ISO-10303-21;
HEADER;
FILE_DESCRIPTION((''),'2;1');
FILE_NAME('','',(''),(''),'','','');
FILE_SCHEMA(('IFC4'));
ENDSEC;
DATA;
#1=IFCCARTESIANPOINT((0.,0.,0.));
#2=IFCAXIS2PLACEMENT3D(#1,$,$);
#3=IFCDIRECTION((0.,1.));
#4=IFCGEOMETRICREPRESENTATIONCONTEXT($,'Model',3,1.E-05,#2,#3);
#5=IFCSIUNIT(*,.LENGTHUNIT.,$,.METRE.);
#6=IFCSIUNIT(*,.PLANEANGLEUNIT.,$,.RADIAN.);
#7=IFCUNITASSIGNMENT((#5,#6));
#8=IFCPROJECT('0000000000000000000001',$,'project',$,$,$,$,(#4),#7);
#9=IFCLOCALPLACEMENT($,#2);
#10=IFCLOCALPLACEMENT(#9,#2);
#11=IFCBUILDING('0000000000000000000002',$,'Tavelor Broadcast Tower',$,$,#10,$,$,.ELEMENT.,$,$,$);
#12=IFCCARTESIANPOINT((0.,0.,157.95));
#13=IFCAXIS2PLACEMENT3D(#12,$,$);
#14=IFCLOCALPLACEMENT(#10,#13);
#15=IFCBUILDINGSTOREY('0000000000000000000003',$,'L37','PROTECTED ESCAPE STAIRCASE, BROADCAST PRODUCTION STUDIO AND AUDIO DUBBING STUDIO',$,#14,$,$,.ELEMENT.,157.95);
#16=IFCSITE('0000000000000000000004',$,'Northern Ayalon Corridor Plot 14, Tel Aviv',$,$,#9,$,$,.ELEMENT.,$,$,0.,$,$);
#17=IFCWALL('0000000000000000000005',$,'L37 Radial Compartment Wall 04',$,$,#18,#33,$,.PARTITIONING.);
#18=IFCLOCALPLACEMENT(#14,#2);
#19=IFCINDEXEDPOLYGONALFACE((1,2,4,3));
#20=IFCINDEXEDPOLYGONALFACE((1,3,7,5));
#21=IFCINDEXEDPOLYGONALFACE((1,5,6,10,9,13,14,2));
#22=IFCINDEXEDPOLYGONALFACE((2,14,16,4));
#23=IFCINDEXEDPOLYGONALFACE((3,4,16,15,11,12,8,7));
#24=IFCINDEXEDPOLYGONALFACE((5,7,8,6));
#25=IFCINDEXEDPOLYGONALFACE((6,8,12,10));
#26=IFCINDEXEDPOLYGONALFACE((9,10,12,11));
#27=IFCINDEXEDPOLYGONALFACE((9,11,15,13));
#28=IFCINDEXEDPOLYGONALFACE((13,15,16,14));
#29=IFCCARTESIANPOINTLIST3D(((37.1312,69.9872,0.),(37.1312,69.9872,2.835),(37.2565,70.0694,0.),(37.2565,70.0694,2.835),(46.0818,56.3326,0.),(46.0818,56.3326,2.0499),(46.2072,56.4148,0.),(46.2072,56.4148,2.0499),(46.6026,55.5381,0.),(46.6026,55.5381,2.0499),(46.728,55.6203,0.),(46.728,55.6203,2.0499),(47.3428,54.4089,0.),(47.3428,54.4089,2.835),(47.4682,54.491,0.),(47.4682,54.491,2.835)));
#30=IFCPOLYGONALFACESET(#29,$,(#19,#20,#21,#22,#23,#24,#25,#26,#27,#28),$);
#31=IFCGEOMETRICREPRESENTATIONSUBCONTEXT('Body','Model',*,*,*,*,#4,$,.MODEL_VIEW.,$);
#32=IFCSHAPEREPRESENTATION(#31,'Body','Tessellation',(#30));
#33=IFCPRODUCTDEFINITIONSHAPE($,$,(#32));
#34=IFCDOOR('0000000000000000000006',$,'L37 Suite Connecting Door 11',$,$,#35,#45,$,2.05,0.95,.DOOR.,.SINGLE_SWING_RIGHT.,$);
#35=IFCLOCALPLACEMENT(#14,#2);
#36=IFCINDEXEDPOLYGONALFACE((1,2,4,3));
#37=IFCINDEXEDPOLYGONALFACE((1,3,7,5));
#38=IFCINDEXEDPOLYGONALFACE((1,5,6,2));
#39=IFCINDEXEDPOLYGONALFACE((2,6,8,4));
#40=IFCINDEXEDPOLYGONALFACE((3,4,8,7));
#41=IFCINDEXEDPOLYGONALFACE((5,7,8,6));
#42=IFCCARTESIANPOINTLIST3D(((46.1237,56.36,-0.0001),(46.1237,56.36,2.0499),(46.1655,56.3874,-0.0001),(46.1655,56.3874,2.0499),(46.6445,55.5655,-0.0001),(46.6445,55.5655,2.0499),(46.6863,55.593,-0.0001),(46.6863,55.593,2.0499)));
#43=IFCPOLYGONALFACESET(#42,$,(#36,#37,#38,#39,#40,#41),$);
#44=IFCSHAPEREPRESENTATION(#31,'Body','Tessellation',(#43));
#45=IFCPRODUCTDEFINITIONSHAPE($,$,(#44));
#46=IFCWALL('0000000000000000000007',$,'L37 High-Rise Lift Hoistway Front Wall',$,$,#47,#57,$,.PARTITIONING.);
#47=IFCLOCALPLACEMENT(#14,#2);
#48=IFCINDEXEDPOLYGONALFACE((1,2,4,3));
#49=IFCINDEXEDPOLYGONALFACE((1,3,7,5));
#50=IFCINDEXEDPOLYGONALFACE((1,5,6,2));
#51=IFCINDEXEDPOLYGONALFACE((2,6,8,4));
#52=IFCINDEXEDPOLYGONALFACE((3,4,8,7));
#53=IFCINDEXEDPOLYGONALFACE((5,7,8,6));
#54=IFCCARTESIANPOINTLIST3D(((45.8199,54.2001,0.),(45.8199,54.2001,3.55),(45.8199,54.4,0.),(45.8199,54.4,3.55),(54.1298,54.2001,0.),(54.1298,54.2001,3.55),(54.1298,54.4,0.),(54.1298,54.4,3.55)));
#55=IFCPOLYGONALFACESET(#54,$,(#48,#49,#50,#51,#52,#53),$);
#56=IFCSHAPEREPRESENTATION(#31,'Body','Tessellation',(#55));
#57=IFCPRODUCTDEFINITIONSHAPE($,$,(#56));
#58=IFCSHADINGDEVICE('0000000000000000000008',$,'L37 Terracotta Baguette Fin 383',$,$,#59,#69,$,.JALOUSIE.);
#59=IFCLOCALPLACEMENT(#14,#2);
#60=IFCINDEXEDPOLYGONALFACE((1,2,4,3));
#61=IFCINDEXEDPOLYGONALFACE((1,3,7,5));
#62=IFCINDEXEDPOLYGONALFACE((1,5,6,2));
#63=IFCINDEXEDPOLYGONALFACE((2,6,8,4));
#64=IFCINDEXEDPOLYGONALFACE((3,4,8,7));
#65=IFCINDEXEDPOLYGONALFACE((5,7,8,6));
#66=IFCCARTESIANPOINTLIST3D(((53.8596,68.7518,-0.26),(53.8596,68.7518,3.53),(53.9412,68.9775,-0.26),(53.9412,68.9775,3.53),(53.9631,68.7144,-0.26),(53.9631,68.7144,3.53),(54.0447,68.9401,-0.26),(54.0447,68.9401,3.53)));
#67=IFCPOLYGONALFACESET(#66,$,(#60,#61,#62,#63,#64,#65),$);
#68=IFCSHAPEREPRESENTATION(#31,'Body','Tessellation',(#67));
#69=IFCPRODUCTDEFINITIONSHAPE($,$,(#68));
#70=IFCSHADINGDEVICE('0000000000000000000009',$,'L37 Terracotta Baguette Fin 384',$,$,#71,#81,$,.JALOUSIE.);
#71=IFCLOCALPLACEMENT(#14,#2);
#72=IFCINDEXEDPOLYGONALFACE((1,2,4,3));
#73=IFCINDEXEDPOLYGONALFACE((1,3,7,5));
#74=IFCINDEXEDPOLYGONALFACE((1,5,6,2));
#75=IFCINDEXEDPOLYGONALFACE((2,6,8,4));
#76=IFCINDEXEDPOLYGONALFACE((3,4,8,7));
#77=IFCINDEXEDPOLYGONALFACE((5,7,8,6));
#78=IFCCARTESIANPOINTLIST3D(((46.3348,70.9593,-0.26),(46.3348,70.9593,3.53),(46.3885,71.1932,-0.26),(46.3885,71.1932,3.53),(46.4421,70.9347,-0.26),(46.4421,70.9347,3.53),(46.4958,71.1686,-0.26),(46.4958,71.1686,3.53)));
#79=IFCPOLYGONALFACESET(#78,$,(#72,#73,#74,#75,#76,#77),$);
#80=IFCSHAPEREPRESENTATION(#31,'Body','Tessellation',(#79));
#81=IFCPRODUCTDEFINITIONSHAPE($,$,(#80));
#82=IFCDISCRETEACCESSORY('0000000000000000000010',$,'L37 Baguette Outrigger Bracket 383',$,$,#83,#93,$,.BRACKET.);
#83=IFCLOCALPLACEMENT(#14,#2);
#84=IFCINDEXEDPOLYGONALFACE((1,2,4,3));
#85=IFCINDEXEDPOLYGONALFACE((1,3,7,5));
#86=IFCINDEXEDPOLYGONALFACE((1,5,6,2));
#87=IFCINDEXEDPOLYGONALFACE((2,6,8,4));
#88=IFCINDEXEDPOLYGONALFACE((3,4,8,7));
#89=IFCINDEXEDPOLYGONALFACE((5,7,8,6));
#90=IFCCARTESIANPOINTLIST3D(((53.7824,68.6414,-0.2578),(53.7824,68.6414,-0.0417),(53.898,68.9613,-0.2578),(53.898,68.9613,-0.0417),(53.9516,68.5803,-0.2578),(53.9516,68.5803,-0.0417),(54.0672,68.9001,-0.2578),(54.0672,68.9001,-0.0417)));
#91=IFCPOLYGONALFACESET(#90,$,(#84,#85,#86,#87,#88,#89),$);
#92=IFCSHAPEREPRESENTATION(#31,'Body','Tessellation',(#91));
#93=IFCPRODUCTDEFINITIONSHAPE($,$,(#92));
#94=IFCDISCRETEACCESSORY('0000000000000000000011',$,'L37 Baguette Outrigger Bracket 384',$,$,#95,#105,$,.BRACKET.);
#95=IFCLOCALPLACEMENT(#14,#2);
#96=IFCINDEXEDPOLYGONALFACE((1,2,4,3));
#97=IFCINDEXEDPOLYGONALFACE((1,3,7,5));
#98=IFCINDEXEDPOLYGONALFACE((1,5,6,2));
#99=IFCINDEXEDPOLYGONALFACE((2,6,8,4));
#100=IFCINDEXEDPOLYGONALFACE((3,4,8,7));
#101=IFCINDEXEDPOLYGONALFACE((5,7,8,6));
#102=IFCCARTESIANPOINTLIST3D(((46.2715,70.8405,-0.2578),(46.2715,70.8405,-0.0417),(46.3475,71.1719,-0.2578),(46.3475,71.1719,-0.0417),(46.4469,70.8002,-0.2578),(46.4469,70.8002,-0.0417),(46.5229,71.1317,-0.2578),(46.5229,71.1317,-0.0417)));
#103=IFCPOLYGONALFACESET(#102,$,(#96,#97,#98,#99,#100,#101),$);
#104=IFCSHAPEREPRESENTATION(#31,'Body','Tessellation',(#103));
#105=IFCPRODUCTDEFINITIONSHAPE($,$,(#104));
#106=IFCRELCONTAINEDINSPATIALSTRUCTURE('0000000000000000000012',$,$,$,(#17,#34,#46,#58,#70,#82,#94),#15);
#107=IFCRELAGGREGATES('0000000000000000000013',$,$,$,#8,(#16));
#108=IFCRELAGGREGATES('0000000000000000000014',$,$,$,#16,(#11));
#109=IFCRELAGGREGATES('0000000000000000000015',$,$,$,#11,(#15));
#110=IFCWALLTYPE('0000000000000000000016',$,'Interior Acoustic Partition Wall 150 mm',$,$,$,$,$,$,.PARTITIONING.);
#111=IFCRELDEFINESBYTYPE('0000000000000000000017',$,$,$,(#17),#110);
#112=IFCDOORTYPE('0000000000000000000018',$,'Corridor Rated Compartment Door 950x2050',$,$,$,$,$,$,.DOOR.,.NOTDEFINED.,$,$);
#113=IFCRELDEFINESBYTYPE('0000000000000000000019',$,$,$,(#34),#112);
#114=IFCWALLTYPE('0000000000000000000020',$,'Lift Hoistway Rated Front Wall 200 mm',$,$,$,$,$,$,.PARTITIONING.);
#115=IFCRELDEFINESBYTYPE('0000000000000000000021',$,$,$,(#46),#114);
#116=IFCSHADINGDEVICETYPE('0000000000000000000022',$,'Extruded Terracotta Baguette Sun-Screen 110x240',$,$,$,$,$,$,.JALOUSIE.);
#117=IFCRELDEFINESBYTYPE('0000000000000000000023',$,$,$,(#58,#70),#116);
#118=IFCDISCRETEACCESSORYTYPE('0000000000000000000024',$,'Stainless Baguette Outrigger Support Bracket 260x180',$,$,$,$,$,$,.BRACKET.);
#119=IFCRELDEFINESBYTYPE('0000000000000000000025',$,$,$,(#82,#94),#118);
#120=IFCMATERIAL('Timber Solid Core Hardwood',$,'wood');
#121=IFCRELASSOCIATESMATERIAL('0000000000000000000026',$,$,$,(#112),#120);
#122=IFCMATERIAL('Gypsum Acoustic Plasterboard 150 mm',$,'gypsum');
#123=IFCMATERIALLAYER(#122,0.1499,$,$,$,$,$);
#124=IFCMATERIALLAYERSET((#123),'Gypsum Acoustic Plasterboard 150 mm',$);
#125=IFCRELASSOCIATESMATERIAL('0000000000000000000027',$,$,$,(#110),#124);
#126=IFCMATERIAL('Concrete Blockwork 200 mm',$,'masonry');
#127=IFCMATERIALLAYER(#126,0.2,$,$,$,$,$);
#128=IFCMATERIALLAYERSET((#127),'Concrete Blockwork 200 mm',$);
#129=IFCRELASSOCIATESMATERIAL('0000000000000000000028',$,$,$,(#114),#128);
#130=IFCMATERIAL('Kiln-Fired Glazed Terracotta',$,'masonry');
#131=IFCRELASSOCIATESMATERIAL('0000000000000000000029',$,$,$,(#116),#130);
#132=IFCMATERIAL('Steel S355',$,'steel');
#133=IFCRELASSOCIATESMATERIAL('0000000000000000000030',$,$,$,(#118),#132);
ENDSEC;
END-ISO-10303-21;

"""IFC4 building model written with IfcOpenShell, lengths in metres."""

from ifc_helpers import new_model, si_unit, direction, frame, frame_2d, origin, origin_2d, place, context, subcontext, project, spatial, rectangle, extrude, source, transform, mapped, material, layer, layer_set, type_object, type_shapes, element, fill, save


model = new_model("IFC4")

# Units and contexts
model_context = context("Model", 3, precision=1e-05, world=origin(), true_north=direction((0.0, 1.0)))
body_context = subcontext(model_context, "Body", "Model", "MODEL_VIEW")
ifc_project = project(units=[si_unit("LENGTHUNIT", "METRE"), si_unit("PLANEANGLEUNIT", "RADIAN")], contexts=[model_context])

# Site, building, storey
site_placement = place(None, origin())
site = spatial("IfcSite", under=ifc_project, at=site_placement, Name="Northern Ayalon Corridor Plot 14, Tel Aviv", CompositionType="ELEMENT", RefElevation=0.0)
building_placement = place(site_placement, origin())
building = spatial("IfcBuilding", under=site, at=building_placement, Name="Tavelor Broadcast Tower", CompositionType="ELEMENT")
storey_placement = place(building_placement, frame((0.0, 0.0, 157.95)))
storey = spatial("IfcBuildingStorey", under=building, at=storey_placement, Name="L37", Description="PROTECTED ESCAPE STAIRCASE, BROADCAST PRODUCTION STUDIO AND AUDIO DUBBING STUDIO", CompositionType="ELEMENT", Elevation=157.95)

# Shared definitions
ifc_material_1 = material(Name="Steel S355", Category="steel")

# Shared definitions
ifc_material_2 = material(Name="Timber Solid Core Hardwood", Category="wood")
door_type = type_object("IfcDoorType", Name="Corridor Rated Compartment Door 950x2050", OperationType="NOTDEFINED", PredefinedType="DOOR", material=ifc_material_2)
ifc_material_3 = material(Name="Gypsum Acoustic Plasterboard 150 mm", Category="gypsum")
ifc_layer_1 = layer(ifc_material_3, 0.1499)
ifc_layer_set_1 = layer_set([ifc_layer_1], Name="Gypsum Acoustic Plasterboard 150 mm")
wall_type_1 = type_object("IfcWallType", Name="Interior Acoustic Partition Wall 150 mm", PredefinedType="PARTITIONING", material=ifc_layer_set_1)

# Wall, opening, door
wall_1_placement = place(storey_placement, frame((47.4055, 54.45, 0.0), z_axis=(0.0, 0.0, 1.0), x_axis=(-0.54822, 0.836334, 0.0)))
wall_1 = element("IfcWall", 1, at=wall_1_placement, inside=storey, type_object=wall_type_1, Name="L37 Radial Compartment Wall 04", PredefinedType="PARTITIONING", context=body_context, shape_type="SweptSolid", body=[
    extrude(rectangle(XDim=18.627, YDim=0.1499, at=frame_2d((9.3135, 0.0))), origin(), (0.0, 0.0, 1.0), 2.835),
])
opening_1_placement = place(wall_1_placement, frame((1.3501, 0.0, 0.0)))
opening_1 = element("IfcOpeningElement", 2, at=opening_1_placement, cuts=wall_1, PredefinedType="OPENING", context=body_context, shape_type="SweptSolid", body=[
    extrude(rectangle(XDim=0.95, YDim=2.05, at=frame_2d((0.4751, 1.0249))), frame((0.0, 0.085, 0.0), z_axis=(0.0, -1.0, 0.0), x_axis=(1.0, 0.0, 0.0)), (0.0, 0.0, 1.0), 0.1699),
])
door_1_placement = place(opening_1_placement, origin())
door_1 = element("IfcDoor", 3, at=door_1_placement, inside=storey, type_object=door_type, Name="L37 Suite Connecting Door 11", OperationType="SINGLE_SWING_RIGHT", OverallHeight=2.05, OverallWidth=0.95, PredefinedType="DOOR", context=body_context, shape_type="SweptSolid", body=[
    extrude(rectangle(XDim=0.95, YDim=2.05, at=frame_2d((0.4751, 1.0249))), frame((0.0, 0.0249, 0.0), z_axis=(0.0, -1.0, 0.0), x_axis=(1.0, 0.0, 0.0)), (0.0, 0.0, 1.0), 0.05),
])
fill(opening_1, door_1)

# Wall
ifc_material_4 = material(Name="Concrete Blockwork 200 mm", Category="masonry")
ifc_layer_2 = layer(ifc_material_4, 0.2)
ifc_layer_set_2 = layer_set([ifc_layer_2], Name="Concrete Blockwork 200 mm")
wall_type_2 = type_object("IfcWallType", Name="Lift Hoistway Rated Front Wall 200 mm", PredefinedType="PARTITIONING", material=ifc_layer_set_2)
wall_2_placement = place(storey_placement, frame((45.8201, 54.3, 0.0), z_axis=(0.0, 0.0, 1.0), x_axis=(1.0, 0.0, 0.0)))
element("IfcWall", 4, at=wall_2_placement, inside=storey, type_object=wall_type_2, Name="L37 High-Rise Lift Hoistway Front Wall", PredefinedType="PARTITIONING", context=body_context, shape_type="SweptSolid", body=[
    extrude(rectangle(XDim=8.3098, YDim=0.2, at=frame_2d((4.1548, 0.0))), origin(), (0.0, 0.0, 1.0), 3.55),
])

# Shading devices
ifc_material_5 = material(Name="Kiln-Fired Glazed Terracotta", Category="masonry")
shading_device_type = type_object("IfcShadingDeviceType", Name="Extruded Terracotta Baguette Sun-Screen 110x240", PredefinedType="JALOUSIE", material=ifc_material_5)
shared_shape_1 = source(origin(), body_context, "Body", "SweptSolid", [
    extrude(rectangle(XDim=0.1101, YDim=0.24, at=origin_2d()), origin(), (0.0, 0.0, 1.0), 3.79),
])
type_shapes(shading_device_type, [shared_shape_1])
for number, where, z_axis, x_axis, name in (
    (5, (53.9521, 68.8459, -0.26), (0.0, 0.0, 1.0), (-0.940466, 0.339887, 0.0), "L37 Terracotta Baguette Fin 383"),
    (6, (46.4153, 71.064, -0.26), (0.0, 0.0, 1.0), (-0.974683, 0.22359, 0.0), "L37 Terracotta Baguette Fin 384"),
):
    element("IfcShadingDevice", number, at=place(storey_placement, frame(where, z_axis=z_axis, x_axis=x_axis)), inside=storey, type_object=shading_device_type, Name=name, PredefinedType="JALOUSIE", context=body_context, shape_type="MappedRepresentation", body=[
        mapped(shared_shape_1, transform((0.0, 0.0, 0.0), scale=1.0)),
    ])

# Discrete accessories
discrete_accessory_type = type_object("IfcDiscreteAccessoryType", Name="Stainless Baguette Outrigger Support Bracket 260x180", PredefinedType="BRACKET", material=ifc_material_1)
shared_shape_2 = source(origin(), body_context, "Body", "SweptSolid", [
    extrude(rectangle(XDim=0.1799, YDim=0.3401, at=origin_2d()), origin(), (0.0, 0.0, 1.0), 0.2161),
])
type_shapes(discrete_accessory_type, [shared_shape_2])
for number, where, z_axis, x_axis, name in (
    (7, (53.9248, 68.7708, -0.2578), (0.0, 0.0, 1.0), (-0.940466, 0.339887, 0.0), "L37 Baguette Outrigger Bracket 383"),
    (8, (46.3972, 70.9861, -0.2578), (0.0, 0.0, 1.0), (-0.974683, 0.22359, 0.0), "L37 Baguette Outrigger Bracket 384"),
):
    element("IfcDiscreteAccessory", number, at=place(storey_placement, frame(where, z_axis=z_axis, x_axis=x_axis)), inside=storey, type_object=discrete_accessory_type, Name=name, PredefinedType="BRACKET", context=body_context, shape_type="MappedRepresentation", body=[
        mapped(shared_shape_2, transform((0.0, 0.0, 0.0), scale=1.0)),
    ])

save(model, "model.ifc")
